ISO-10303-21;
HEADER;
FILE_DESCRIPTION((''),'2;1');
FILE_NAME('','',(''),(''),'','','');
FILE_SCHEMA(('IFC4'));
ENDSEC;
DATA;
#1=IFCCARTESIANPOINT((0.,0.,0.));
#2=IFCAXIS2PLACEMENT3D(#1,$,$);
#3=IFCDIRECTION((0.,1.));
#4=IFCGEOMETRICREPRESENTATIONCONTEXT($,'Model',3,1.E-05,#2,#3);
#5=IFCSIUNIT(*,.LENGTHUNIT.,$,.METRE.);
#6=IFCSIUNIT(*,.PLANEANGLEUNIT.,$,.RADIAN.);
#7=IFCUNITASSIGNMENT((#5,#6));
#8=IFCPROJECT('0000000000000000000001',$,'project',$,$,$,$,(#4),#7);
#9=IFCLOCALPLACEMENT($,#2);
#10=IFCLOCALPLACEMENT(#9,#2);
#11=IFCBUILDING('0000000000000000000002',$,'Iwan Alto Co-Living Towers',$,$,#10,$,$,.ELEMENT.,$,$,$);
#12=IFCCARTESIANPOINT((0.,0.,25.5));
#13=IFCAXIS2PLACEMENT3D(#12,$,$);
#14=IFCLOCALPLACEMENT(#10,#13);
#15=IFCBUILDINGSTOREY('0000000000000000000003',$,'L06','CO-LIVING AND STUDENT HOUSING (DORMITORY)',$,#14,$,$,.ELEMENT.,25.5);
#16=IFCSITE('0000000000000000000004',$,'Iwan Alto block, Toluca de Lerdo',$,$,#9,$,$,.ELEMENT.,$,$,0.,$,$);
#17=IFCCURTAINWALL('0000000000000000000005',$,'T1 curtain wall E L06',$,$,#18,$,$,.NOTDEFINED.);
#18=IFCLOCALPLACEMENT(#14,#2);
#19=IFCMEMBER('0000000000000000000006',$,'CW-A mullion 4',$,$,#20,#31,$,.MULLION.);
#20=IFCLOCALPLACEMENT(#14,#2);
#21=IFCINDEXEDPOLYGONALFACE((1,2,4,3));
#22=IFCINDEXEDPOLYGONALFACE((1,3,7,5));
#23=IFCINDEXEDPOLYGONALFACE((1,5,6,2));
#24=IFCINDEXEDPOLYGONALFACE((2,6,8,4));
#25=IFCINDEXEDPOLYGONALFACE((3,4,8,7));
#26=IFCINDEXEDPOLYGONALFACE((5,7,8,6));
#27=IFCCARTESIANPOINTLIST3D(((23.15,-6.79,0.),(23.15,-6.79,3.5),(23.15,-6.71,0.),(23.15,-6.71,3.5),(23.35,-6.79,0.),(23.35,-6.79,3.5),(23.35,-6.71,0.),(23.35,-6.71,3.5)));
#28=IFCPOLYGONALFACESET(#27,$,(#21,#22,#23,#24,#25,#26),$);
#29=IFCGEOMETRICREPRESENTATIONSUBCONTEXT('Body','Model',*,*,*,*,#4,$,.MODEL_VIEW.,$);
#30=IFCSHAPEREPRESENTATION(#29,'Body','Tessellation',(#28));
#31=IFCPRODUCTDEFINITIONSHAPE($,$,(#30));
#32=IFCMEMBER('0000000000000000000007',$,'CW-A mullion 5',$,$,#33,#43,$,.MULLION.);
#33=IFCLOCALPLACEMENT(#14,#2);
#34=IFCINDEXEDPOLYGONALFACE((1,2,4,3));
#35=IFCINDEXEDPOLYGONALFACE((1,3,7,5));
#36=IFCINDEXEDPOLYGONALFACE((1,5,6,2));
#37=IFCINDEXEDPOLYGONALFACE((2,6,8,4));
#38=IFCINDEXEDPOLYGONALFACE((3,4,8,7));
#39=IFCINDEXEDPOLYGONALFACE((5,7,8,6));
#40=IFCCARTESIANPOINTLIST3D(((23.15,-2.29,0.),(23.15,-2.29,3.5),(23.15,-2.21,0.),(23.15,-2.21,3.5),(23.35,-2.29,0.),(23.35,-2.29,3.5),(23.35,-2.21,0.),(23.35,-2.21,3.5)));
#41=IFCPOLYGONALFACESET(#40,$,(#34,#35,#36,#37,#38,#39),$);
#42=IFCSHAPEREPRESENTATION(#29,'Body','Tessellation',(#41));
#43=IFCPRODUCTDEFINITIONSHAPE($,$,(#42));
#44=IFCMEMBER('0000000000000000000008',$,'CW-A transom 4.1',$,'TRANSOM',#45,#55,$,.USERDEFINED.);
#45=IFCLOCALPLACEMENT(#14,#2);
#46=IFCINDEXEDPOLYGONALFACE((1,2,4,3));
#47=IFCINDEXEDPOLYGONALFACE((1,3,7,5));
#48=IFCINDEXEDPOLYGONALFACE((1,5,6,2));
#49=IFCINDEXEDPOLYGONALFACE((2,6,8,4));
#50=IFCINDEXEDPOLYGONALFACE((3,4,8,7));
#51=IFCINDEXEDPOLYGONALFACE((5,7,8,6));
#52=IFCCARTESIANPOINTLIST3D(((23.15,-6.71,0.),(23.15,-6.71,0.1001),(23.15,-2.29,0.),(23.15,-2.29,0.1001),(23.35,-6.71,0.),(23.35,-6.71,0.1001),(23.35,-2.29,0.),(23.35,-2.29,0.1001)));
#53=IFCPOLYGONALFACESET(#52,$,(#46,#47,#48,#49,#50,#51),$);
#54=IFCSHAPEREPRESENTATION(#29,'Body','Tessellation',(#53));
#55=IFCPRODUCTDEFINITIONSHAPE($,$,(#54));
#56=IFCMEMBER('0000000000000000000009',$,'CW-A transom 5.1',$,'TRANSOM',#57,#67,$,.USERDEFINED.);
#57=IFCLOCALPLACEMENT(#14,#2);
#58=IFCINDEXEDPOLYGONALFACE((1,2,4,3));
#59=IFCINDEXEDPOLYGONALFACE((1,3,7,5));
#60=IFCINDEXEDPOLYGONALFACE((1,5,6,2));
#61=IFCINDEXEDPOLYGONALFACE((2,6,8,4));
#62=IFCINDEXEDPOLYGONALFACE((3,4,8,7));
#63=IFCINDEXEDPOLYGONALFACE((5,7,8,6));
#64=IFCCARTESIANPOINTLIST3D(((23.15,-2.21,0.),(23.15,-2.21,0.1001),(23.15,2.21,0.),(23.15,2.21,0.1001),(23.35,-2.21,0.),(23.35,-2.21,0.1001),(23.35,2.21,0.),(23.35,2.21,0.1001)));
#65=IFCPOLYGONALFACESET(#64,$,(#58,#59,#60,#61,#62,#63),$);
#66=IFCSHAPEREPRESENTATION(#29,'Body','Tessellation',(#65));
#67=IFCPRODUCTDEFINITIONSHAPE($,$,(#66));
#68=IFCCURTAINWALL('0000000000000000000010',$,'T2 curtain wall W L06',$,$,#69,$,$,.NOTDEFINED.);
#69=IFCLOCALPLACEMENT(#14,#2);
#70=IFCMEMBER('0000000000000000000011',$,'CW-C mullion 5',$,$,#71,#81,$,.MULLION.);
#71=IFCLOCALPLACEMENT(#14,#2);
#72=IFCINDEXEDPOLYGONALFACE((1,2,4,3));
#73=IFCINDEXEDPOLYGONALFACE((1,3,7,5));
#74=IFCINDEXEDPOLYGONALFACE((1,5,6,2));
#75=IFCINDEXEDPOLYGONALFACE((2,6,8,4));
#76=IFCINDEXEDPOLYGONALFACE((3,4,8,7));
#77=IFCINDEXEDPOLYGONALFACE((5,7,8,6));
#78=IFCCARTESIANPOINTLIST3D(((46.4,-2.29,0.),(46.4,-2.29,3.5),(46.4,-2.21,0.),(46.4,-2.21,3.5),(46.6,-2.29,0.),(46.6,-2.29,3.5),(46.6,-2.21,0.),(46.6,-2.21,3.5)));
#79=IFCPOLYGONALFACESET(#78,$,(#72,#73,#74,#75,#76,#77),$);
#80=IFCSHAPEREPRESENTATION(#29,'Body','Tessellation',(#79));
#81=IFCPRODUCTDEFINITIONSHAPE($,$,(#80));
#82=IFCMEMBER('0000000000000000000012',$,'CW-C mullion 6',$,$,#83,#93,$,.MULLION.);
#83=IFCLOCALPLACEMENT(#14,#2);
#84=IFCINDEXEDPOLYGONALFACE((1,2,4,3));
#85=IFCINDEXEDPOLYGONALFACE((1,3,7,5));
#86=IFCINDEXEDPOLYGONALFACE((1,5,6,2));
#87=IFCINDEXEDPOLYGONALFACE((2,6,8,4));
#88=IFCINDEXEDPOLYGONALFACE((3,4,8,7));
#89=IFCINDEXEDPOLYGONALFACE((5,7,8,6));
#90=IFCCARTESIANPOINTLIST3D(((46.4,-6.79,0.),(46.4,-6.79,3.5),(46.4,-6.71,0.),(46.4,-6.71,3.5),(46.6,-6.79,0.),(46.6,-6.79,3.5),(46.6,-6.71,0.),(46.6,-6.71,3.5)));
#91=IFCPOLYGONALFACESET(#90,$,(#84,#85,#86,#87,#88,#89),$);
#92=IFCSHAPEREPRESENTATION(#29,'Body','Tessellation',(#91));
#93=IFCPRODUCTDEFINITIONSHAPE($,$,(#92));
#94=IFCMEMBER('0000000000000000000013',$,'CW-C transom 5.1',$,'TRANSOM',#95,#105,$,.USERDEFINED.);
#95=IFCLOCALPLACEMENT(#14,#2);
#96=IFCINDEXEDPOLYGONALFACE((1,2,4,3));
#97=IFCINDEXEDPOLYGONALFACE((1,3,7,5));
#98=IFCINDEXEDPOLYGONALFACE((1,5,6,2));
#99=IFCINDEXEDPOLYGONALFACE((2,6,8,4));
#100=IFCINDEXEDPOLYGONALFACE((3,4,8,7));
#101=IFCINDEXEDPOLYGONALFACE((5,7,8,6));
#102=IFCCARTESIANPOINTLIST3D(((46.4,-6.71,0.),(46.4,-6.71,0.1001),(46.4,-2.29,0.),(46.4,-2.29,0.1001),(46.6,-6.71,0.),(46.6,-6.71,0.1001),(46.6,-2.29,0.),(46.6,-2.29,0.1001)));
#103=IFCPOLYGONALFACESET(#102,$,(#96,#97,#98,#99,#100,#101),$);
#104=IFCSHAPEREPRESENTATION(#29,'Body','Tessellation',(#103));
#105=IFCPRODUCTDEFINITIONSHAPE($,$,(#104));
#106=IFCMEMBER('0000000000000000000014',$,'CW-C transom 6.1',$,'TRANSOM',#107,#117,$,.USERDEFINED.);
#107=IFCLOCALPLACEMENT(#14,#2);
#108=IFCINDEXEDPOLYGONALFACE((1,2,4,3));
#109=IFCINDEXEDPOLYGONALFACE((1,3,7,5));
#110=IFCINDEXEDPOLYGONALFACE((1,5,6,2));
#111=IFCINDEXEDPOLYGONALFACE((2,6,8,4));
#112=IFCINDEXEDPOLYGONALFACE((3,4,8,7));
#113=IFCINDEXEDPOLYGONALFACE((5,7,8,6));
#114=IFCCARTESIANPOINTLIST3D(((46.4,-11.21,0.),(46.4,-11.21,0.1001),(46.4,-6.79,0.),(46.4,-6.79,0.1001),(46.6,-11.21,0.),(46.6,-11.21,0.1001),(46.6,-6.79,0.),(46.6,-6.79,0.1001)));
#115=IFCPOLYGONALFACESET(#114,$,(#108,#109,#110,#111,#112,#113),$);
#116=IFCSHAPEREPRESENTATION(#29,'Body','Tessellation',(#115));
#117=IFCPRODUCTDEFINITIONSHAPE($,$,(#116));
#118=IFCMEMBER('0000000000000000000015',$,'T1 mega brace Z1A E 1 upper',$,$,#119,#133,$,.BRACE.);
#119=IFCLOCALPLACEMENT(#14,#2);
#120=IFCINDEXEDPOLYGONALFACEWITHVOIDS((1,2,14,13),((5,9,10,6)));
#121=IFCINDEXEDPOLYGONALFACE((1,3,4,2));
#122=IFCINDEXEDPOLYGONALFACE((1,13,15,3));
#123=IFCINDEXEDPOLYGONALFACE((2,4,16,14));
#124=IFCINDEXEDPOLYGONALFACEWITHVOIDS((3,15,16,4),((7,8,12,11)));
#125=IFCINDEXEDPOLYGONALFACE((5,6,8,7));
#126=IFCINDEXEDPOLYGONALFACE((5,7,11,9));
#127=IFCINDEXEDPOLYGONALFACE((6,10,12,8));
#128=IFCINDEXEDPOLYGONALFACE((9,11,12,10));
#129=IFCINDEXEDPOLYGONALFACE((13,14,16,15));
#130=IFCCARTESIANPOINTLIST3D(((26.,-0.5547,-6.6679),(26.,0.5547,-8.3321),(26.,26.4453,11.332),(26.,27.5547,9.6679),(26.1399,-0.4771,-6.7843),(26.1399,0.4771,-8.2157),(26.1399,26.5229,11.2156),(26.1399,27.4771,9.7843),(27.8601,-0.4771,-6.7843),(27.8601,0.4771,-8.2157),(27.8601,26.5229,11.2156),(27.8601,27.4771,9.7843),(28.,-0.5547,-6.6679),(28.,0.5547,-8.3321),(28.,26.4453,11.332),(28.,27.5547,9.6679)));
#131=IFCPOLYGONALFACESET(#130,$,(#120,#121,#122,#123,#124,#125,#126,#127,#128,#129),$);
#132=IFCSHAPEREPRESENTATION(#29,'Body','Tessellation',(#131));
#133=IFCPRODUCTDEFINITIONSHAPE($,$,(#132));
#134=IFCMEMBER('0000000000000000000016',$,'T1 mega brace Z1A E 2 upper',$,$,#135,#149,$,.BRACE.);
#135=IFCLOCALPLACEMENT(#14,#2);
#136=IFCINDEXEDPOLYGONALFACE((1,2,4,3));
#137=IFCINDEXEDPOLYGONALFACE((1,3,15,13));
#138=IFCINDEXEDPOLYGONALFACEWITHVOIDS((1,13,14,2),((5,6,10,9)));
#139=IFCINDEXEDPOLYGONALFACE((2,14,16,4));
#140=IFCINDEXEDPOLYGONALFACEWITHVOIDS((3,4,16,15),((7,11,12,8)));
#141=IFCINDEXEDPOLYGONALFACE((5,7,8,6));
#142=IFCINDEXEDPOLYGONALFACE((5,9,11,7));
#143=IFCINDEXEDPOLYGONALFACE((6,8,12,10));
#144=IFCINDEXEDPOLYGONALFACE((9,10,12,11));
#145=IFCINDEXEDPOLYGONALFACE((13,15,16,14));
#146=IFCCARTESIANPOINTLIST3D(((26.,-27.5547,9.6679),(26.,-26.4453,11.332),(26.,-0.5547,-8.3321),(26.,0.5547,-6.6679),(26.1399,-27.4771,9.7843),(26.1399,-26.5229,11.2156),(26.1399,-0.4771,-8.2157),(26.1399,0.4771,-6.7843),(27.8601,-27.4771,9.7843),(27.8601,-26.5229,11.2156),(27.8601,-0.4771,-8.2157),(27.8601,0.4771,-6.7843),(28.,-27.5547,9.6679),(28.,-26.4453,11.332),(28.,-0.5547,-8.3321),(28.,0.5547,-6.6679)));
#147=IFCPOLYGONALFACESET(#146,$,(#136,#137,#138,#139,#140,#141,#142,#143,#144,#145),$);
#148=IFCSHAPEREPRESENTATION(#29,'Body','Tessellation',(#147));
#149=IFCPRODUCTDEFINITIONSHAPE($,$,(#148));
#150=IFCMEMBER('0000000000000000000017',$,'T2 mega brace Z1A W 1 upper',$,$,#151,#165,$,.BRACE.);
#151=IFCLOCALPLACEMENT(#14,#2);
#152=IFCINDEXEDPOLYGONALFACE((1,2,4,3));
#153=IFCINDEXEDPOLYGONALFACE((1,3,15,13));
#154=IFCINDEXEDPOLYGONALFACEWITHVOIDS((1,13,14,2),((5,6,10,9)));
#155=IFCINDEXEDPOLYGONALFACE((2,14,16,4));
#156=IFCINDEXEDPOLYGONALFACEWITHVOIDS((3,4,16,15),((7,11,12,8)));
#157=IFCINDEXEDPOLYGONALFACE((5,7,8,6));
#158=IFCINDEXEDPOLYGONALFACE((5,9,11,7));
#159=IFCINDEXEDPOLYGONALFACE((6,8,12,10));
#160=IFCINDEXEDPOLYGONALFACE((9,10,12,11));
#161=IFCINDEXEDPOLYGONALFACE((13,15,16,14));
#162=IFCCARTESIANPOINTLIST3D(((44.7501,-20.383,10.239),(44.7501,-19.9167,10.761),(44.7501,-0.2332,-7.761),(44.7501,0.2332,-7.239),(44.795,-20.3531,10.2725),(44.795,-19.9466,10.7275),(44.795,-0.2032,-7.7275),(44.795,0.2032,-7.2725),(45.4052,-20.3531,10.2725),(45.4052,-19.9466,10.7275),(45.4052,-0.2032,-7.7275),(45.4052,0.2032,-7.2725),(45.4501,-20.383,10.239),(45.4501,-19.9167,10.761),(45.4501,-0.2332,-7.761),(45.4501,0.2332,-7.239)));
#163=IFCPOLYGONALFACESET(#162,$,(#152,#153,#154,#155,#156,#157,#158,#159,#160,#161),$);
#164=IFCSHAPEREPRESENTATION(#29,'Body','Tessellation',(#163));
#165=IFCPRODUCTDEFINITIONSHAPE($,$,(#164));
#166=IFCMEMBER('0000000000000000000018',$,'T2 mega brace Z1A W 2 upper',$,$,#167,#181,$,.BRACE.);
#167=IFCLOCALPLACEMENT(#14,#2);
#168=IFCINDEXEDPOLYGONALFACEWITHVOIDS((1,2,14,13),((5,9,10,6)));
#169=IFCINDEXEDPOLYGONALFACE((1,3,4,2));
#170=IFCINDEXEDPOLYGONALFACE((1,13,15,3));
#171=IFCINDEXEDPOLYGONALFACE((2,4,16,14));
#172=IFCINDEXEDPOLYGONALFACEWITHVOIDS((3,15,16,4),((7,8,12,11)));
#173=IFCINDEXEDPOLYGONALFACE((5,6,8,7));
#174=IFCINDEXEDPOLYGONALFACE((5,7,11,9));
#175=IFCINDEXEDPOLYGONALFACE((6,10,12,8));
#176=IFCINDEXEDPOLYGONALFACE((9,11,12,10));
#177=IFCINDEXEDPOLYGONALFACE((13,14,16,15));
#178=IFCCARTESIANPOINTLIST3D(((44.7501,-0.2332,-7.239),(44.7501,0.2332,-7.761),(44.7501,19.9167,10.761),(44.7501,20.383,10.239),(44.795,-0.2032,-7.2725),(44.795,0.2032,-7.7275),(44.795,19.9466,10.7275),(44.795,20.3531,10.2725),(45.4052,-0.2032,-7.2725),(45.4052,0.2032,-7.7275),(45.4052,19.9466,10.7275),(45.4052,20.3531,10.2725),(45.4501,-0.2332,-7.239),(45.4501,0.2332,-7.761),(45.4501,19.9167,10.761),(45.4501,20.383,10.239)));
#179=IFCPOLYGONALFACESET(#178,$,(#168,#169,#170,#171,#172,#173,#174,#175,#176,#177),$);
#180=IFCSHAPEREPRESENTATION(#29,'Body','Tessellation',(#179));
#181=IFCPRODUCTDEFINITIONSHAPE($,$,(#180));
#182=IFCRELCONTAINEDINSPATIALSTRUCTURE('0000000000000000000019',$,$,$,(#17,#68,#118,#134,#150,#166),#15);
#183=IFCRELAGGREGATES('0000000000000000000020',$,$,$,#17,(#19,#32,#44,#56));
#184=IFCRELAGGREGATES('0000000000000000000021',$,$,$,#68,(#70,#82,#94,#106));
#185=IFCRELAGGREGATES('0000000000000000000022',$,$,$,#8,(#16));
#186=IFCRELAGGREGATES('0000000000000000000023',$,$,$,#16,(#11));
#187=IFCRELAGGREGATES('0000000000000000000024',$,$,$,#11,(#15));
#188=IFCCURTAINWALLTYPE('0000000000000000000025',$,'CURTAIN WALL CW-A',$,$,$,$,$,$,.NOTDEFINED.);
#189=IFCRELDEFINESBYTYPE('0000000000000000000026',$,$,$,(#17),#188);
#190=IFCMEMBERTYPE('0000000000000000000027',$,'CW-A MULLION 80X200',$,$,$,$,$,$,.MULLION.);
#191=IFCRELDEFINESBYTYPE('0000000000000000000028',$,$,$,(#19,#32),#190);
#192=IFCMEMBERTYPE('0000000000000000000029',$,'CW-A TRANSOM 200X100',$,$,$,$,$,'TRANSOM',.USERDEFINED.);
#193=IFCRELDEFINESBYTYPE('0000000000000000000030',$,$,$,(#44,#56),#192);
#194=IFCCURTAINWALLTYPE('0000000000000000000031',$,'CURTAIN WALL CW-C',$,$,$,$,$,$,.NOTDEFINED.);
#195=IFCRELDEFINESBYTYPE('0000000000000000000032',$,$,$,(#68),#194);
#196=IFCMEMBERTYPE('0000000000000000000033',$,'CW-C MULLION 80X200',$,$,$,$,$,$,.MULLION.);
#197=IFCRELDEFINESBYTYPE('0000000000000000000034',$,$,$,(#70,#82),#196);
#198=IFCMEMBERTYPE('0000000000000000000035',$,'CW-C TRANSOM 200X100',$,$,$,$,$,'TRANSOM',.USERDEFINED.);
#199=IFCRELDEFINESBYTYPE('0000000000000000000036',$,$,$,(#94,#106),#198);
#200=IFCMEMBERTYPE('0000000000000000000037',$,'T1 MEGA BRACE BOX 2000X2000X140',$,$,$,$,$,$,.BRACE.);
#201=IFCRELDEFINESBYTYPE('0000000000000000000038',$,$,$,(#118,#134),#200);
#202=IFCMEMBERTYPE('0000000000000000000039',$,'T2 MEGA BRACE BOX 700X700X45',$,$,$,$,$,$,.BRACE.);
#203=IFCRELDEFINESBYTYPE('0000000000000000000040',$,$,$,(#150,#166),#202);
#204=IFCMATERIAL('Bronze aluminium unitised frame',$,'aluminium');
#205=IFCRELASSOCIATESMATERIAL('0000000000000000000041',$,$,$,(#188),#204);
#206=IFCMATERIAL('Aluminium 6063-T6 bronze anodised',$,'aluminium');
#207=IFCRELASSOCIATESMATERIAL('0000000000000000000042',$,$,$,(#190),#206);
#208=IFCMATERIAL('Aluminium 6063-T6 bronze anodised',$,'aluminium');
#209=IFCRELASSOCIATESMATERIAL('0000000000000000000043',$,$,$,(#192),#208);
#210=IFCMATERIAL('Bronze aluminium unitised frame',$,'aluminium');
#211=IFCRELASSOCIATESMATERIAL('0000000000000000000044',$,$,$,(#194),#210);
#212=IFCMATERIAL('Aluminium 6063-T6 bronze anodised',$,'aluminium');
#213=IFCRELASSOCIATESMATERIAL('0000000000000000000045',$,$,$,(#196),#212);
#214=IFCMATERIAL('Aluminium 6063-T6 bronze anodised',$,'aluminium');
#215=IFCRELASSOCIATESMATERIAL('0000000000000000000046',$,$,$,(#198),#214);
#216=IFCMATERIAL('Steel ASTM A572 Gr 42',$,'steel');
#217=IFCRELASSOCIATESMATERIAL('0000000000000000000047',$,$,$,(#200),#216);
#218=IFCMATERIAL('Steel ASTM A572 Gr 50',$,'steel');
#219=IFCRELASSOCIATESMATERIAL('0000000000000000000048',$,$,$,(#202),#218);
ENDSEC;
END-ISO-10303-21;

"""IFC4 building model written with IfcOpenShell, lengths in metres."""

from ifc_helpers import new_model, si_unit, direction, frame, origin, origin_2d, place, context, subcontext, project, spatial, rectangle, hollow_rectangle, extrude, material, material_profile, profile_set, type_object, element, aggregate, save


model = new_model("IFC4")

# Units and contexts
model_context = context("Model", 3, precision=1e-05, world=origin(), true_north=direction((0.0, 1.0)))
body_context = subcontext(model_context, "Body", "Model", "MODEL_VIEW")
ifc_project = project(units=[si_unit("LENGTHUNIT", "METRE"), si_unit("PLANEANGLEUNIT", "RADIAN")], contexts=[model_context])

# Site, building, storey
site_placement = place(None, origin())
site = spatial("IfcSite", under=ifc_project, at=site_placement, Name="Iwan Alto block, Toluca de Lerdo", CompositionType="ELEMENT", RefElevation=0.0)
building_placement = place(site_placement, origin())
building = spatial("IfcBuilding", under=site, at=building_placement, Name="Iwan Alto Co-Living Towers", CompositionType="ELEMENT")
storey_placement = place(building_placement, frame((0.0, 0.0, 25.5)))
storey = spatial("IfcBuildingStorey", under=building, at=storey_placement, Name="L06", Description="CO-LIVING AND STUDENT HOUSING (DORMITORY)", CompositionType="ELEMENT", Elevation=25.5)

# Curtain walls, members
ifc_material_1 = material(Name="Bronze aluminium unitised frame", Category="aluminium")
curtain_wall_type_1 = type_object("IfcCurtainWallType", Name="CURTAIN WALL CW-A", PredefinedType="NOTDEFINED", material=ifc_material_1)
curtain_wall_1_placement = place(storey_placement, origin())
curtain_wall_1 = element("IfcCurtainWall", 1, at=curtain_wall_1_placement, inside=storey, type_object=curtain_wall_type_1, Name="T1 curtain wall E L06", PredefinedType="NOTDEFINED")
ifc_material_2 = material(Name="Aluminium 6063-T6 bronze anodised", Category="aluminium")
ifc_material_profile_1 = material_profile(ifc_material_2, rectangle(XDim=0.2, YDim=0.0801, at=origin_2d()), Name="AL 80X200")
ifc_profile_set_1 = profile_set([ifc_material_profile_1], Name="Aluminium 6063-T6 bronze anodised")
member_type_1 = type_object("IfcMemberType", Name="CW-A MULLION 80X200", PredefinedType="MULLION", material=ifc_profile_set_1)
member_1_placement = place(storey_placement, frame((23.25, -6.75, 0.0), z_axis=(0.0, 0.0, 1.0), x_axis=(-1.0, 0.0, 0.0)))
member_1 = element("IfcMember", 2, at=member_1_placement, type_object=member_type_1, Name="CW-A mullion 4", PredefinedType="MULLION", context=body_context, shape_type="SweptSolid", body=[
    extrude(rectangle(XDim=0.2, YDim=0.0801, at=origin_2d()), origin(), (0.0, 0.0, 1.0), 3.5),
])
member_2_placement = place(storey_placement, frame((23.25, -2.25, 0.0), z_axis=(0.0, 0.0, 1.0), x_axis=(-1.0, 0.0, 0.0)))
member_2 = element("IfcMember", 3, at=member_2_placement, type_object=member_type_1, Name="CW-A mullion 5", PredefinedType="MULLION", context=body_context, shape_type="SweptSolid", body=[
    extrude(rectangle(XDim=0.2, YDim=0.0801, at=origin_2d()), origin(), (0.0, 0.0, 1.0), 3.5),
])
ifc_material_3 = material(Name="Aluminium 6063-T6 bronze anodised", Category="aluminium")
ifc_material_profile_2 = material_profile(ifc_material_3, rectangle(XDim=0.2, YDim=0.1001, at=origin_2d()), Name="AL 200X100")
ifc_profile_set_2 = profile_set([ifc_material_profile_2], Name="Aluminium 6063-T6 bronze anodised")
member_type_2 = type_object("IfcMemberType", Name="CW-A TRANSOM 200X100", ElementType="TRANSOM", PredefinedType="USERDEFINED", material=ifc_profile_set_2)
member_3_placement = place(storey_placement, frame((23.25, -6.71, 0.05), z_axis=(0.0, 1.0, 0.0), x_axis=(-1.0, 0.0, 0.0)))
member_3 = element("IfcMember", 4, at=member_3_placement, type_object=member_type_2, Name="CW-A transom 4.1", ObjectType="TRANSOM", PredefinedType="USERDEFINED", context=body_context, shape_type="SweptSolid", body=[
    extrude(rectangle(XDim=0.2, YDim=0.1001, at=origin_2d()), origin(), (0.0, 0.0, 1.0), 4.4199),
])
member_4_placement = place(storey_placement, frame((23.25, -2.21, 0.05), z_axis=(0.0, 1.0, 0.0), x_axis=(-1.0, 0.0, 0.0)))
member_4 = element("IfcMember", 5, at=member_4_placement, type_object=member_type_2, Name="CW-A transom 5.1", ObjectType="TRANSOM", PredefinedType="USERDEFINED", context=body_context, shape_type="SweptSolid", body=[
    extrude(rectangle(XDim=0.2, YDim=0.1001, at=origin_2d()), origin(), (0.0, 0.0, 1.0), 4.4199),
])
ifc_material_4 = material(Name="Bronze aluminium unitised frame", Category="aluminium")
curtain_wall_type_2 = type_object("IfcCurtainWallType", Name="CURTAIN WALL CW-C", PredefinedType="NOTDEFINED", material=ifc_material_4)
curtain_wall_2_placement = place(storey_placement, origin())
curtain_wall_2 = element("IfcCurtainWall", 6, at=curtain_wall_2_placement, inside=storey, type_object=curtain_wall_type_2, Name="T2 curtain wall W L06", PredefinedType="NOTDEFINED")
ifc_material_5 = material(Name="Aluminium 6063-T6 bronze anodised", Category="aluminium")
ifc_material_profile_3 = material_profile(ifc_material_5, rectangle(XDim=0.2, YDim=0.0801, at=origin_2d()), Name="AL 80X200")
ifc_profile_set_3 = profile_set([ifc_material_profile_3], Name="Aluminium 6063-T6 bronze anodised")
member_type_3 = type_object("IfcMemberType", Name="CW-C MULLION 80X200", PredefinedType="MULLION", material=ifc_profile_set_3)
member_5_placement = place(storey_placement, frame((46.5, -2.25, 0.0), z_axis=(0.0, 0.0, 1.0), x_axis=(1.0, 0.0, 0.0)))
member_5 = element("IfcMember", 7, at=member_5_placement, type_object=member_type_3, Name="CW-C mullion 5", PredefinedType="MULLION", context=body_context, shape_type="SweptSolid", body=[
    extrude(rectangle(XDim=0.2, YDim=0.0801, at=origin_2d()), origin(), (0.0, 0.0, 1.0), 3.5),
])
member_6_placement = place(storey_placement, frame((46.5, -6.75, 0.0), z_axis=(0.0, 0.0, 1.0), x_axis=(1.0, 0.0, 0.0)))
member_6 = element("IfcMember", 8, at=member_6_placement, type_object=member_type_3, Name="CW-C mullion 6", PredefinedType="MULLION", context=body_context, shape_type="SweptSolid", body=[
    extrude(rectangle(XDim=0.2, YDim=0.0801, at=origin_2d()), origin(), (0.0, 0.0, 1.0), 3.5),
])
ifc_material_6 = material(Name="Aluminium 6063-T6 bronze anodised", Category="aluminium")
ifc_material_profile_4 = material_profile(ifc_material_6, rectangle(XDim=0.2, YDim=0.1001, at=origin_2d()), Name="AL 200X100")
ifc_profile_set_4 = profile_set([ifc_material_profile_4], Name="Aluminium 6063-T6 bronze anodised")
member_type_4 = type_object("IfcMemberType", Name="CW-C TRANSOM 200X100", ElementType="TRANSOM", PredefinedType="USERDEFINED", material=ifc_profile_set_4)
member_7_placement = place(storey_placement, frame((46.5, -2.29, 0.05), z_axis=(0.0, -1.0, 0.0), x_axis=(1.0, 0.0, 0.0)))
member_7 = element("IfcMember", 9, at=member_7_placement, type_object=member_type_4, Name="CW-C transom 5.1", ObjectType="TRANSOM", PredefinedType="USERDEFINED", context=body_context, shape_type="SweptSolid", body=[
    extrude(rectangle(XDim=0.2, YDim=0.1001, at=origin_2d()), origin(), (0.0, 0.0, 1.0), 4.4199),
])
member_8_placement = place(storey_placement, frame((46.5, -6.79, 0.05), z_axis=(0.0, -1.0, 0.0), x_axis=(1.0, 0.0, 0.0)))
member_8 = element("IfcMember", 10, at=member_8_placement, type_object=member_type_4, Name="CW-C transom 6.1", ObjectType="TRANSOM", PredefinedType="USERDEFINED", context=body_context, shape_type="SweptSolid", body=[
    extrude(rectangle(XDim=0.2, YDim=0.1001, at=origin_2d()), origin(), (0.0, 0.0, 1.0), 4.4199),
])

# Members
ifc_material_7 = material(Name="Steel ASTM A572 Gr 42", Category="steel")
ifc_material_profile_5 = material_profile(ifc_material_7, hollow_rectangle(XDim=2.0, YDim=2.0, WallThickness=0.1399, at=origin_2d()), Name="BOX 2000X2000X140")
ifc_profile_set_5 = profile_set([ifc_material_profile_5], Name="Steel ASTM A572 Gr 42")
member_type_5 = type_object("IfcMemberType", Name="T1 MEGA BRACE BOX 2000X2000X140", PredefinedType="BRACE", material=ifc_profile_set_5)
for number, where, z_axis, x_axis, name in (
    (11, (27.0, 0.0, -7.5), (0.0, 0.83205, 0.5547), (-1.0, 0.0, 0.0), "T1 mega brace Z1A E 1 upper"),
    (12, (27.0, 0.0, -7.5), (0.0, -0.83205, 0.5547), (1.0, 0.0, 0.0), "T1 mega brace Z1A E 2 upper"),
):
    element("IfcMember", number, at=place(storey_placement, frame(where, z_axis=z_axis, x_axis=x_axis)), inside=storey, type_object=member_type_5, Name=name, PredefinedType="BRACE", context=body_context, shape_type="SweptSolid", body=[
        extrude(hollow_rectangle(XDim=2.0, YDim=2.0, WallThickness=0.1399, at=origin_2d()), origin(), (0.0, 0.0, 1.0), 32.45),
    ])
ifc_material_8 = material(Name="Steel ASTM A572 Gr 50", Category="steel")
ifc_material_profile_6 = material_profile(ifc_material_8, hollow_rectangle(XDim=0.7, YDim=0.7, WallThickness=0.0449, at=origin_2d()), Name="BOX 700X700X45")
ifc_profile_set_6 = profile_set([ifc_material_profile_6], Name="Steel ASTM A572 Gr 50")
member_type_6 = type_object("IfcMemberType", Name="T2 MEGA BRACE BOX 700X700X45", PredefinedType="BRACE", material=ifc_profile_set_6)
for number, where, z_axis, x_axis, name in (
    (13, (45.1001, 0.0, -7.5), (0.0, -0.745772, 0.666201), (1.0, 0.0, 0.0), "T2 mega brace Z1A W 1 upper"),
    (14, (45.1001, 0.0, -7.5), (0.0, 0.745772, 0.666201), (-1.0, 0.0, 0.0), "T2 mega brace Z1A W 2 upper"),
):
    element("IfcMember", number, at=place(storey_placement, frame(where, z_axis=z_axis, x_axis=x_axis)), inside=storey, type_object=member_type_6, Name=name, PredefinedType="BRACE", context=body_context, shape_type="SweptSolid", body=[
        extrude(hollow_rectangle(XDim=0.7, YDim=0.7, WallThickness=0.0449, at=origin_2d()), origin(), (0.0, 0.0, 1.0), 27.0188),
    ])

aggregate(curtain_wall_1, [member_1, member_2, member_3, member_4])
aggregate(curtain_wall_2, [member_5, member_6, member_7, member_8])

save(model, "model.ifc")
